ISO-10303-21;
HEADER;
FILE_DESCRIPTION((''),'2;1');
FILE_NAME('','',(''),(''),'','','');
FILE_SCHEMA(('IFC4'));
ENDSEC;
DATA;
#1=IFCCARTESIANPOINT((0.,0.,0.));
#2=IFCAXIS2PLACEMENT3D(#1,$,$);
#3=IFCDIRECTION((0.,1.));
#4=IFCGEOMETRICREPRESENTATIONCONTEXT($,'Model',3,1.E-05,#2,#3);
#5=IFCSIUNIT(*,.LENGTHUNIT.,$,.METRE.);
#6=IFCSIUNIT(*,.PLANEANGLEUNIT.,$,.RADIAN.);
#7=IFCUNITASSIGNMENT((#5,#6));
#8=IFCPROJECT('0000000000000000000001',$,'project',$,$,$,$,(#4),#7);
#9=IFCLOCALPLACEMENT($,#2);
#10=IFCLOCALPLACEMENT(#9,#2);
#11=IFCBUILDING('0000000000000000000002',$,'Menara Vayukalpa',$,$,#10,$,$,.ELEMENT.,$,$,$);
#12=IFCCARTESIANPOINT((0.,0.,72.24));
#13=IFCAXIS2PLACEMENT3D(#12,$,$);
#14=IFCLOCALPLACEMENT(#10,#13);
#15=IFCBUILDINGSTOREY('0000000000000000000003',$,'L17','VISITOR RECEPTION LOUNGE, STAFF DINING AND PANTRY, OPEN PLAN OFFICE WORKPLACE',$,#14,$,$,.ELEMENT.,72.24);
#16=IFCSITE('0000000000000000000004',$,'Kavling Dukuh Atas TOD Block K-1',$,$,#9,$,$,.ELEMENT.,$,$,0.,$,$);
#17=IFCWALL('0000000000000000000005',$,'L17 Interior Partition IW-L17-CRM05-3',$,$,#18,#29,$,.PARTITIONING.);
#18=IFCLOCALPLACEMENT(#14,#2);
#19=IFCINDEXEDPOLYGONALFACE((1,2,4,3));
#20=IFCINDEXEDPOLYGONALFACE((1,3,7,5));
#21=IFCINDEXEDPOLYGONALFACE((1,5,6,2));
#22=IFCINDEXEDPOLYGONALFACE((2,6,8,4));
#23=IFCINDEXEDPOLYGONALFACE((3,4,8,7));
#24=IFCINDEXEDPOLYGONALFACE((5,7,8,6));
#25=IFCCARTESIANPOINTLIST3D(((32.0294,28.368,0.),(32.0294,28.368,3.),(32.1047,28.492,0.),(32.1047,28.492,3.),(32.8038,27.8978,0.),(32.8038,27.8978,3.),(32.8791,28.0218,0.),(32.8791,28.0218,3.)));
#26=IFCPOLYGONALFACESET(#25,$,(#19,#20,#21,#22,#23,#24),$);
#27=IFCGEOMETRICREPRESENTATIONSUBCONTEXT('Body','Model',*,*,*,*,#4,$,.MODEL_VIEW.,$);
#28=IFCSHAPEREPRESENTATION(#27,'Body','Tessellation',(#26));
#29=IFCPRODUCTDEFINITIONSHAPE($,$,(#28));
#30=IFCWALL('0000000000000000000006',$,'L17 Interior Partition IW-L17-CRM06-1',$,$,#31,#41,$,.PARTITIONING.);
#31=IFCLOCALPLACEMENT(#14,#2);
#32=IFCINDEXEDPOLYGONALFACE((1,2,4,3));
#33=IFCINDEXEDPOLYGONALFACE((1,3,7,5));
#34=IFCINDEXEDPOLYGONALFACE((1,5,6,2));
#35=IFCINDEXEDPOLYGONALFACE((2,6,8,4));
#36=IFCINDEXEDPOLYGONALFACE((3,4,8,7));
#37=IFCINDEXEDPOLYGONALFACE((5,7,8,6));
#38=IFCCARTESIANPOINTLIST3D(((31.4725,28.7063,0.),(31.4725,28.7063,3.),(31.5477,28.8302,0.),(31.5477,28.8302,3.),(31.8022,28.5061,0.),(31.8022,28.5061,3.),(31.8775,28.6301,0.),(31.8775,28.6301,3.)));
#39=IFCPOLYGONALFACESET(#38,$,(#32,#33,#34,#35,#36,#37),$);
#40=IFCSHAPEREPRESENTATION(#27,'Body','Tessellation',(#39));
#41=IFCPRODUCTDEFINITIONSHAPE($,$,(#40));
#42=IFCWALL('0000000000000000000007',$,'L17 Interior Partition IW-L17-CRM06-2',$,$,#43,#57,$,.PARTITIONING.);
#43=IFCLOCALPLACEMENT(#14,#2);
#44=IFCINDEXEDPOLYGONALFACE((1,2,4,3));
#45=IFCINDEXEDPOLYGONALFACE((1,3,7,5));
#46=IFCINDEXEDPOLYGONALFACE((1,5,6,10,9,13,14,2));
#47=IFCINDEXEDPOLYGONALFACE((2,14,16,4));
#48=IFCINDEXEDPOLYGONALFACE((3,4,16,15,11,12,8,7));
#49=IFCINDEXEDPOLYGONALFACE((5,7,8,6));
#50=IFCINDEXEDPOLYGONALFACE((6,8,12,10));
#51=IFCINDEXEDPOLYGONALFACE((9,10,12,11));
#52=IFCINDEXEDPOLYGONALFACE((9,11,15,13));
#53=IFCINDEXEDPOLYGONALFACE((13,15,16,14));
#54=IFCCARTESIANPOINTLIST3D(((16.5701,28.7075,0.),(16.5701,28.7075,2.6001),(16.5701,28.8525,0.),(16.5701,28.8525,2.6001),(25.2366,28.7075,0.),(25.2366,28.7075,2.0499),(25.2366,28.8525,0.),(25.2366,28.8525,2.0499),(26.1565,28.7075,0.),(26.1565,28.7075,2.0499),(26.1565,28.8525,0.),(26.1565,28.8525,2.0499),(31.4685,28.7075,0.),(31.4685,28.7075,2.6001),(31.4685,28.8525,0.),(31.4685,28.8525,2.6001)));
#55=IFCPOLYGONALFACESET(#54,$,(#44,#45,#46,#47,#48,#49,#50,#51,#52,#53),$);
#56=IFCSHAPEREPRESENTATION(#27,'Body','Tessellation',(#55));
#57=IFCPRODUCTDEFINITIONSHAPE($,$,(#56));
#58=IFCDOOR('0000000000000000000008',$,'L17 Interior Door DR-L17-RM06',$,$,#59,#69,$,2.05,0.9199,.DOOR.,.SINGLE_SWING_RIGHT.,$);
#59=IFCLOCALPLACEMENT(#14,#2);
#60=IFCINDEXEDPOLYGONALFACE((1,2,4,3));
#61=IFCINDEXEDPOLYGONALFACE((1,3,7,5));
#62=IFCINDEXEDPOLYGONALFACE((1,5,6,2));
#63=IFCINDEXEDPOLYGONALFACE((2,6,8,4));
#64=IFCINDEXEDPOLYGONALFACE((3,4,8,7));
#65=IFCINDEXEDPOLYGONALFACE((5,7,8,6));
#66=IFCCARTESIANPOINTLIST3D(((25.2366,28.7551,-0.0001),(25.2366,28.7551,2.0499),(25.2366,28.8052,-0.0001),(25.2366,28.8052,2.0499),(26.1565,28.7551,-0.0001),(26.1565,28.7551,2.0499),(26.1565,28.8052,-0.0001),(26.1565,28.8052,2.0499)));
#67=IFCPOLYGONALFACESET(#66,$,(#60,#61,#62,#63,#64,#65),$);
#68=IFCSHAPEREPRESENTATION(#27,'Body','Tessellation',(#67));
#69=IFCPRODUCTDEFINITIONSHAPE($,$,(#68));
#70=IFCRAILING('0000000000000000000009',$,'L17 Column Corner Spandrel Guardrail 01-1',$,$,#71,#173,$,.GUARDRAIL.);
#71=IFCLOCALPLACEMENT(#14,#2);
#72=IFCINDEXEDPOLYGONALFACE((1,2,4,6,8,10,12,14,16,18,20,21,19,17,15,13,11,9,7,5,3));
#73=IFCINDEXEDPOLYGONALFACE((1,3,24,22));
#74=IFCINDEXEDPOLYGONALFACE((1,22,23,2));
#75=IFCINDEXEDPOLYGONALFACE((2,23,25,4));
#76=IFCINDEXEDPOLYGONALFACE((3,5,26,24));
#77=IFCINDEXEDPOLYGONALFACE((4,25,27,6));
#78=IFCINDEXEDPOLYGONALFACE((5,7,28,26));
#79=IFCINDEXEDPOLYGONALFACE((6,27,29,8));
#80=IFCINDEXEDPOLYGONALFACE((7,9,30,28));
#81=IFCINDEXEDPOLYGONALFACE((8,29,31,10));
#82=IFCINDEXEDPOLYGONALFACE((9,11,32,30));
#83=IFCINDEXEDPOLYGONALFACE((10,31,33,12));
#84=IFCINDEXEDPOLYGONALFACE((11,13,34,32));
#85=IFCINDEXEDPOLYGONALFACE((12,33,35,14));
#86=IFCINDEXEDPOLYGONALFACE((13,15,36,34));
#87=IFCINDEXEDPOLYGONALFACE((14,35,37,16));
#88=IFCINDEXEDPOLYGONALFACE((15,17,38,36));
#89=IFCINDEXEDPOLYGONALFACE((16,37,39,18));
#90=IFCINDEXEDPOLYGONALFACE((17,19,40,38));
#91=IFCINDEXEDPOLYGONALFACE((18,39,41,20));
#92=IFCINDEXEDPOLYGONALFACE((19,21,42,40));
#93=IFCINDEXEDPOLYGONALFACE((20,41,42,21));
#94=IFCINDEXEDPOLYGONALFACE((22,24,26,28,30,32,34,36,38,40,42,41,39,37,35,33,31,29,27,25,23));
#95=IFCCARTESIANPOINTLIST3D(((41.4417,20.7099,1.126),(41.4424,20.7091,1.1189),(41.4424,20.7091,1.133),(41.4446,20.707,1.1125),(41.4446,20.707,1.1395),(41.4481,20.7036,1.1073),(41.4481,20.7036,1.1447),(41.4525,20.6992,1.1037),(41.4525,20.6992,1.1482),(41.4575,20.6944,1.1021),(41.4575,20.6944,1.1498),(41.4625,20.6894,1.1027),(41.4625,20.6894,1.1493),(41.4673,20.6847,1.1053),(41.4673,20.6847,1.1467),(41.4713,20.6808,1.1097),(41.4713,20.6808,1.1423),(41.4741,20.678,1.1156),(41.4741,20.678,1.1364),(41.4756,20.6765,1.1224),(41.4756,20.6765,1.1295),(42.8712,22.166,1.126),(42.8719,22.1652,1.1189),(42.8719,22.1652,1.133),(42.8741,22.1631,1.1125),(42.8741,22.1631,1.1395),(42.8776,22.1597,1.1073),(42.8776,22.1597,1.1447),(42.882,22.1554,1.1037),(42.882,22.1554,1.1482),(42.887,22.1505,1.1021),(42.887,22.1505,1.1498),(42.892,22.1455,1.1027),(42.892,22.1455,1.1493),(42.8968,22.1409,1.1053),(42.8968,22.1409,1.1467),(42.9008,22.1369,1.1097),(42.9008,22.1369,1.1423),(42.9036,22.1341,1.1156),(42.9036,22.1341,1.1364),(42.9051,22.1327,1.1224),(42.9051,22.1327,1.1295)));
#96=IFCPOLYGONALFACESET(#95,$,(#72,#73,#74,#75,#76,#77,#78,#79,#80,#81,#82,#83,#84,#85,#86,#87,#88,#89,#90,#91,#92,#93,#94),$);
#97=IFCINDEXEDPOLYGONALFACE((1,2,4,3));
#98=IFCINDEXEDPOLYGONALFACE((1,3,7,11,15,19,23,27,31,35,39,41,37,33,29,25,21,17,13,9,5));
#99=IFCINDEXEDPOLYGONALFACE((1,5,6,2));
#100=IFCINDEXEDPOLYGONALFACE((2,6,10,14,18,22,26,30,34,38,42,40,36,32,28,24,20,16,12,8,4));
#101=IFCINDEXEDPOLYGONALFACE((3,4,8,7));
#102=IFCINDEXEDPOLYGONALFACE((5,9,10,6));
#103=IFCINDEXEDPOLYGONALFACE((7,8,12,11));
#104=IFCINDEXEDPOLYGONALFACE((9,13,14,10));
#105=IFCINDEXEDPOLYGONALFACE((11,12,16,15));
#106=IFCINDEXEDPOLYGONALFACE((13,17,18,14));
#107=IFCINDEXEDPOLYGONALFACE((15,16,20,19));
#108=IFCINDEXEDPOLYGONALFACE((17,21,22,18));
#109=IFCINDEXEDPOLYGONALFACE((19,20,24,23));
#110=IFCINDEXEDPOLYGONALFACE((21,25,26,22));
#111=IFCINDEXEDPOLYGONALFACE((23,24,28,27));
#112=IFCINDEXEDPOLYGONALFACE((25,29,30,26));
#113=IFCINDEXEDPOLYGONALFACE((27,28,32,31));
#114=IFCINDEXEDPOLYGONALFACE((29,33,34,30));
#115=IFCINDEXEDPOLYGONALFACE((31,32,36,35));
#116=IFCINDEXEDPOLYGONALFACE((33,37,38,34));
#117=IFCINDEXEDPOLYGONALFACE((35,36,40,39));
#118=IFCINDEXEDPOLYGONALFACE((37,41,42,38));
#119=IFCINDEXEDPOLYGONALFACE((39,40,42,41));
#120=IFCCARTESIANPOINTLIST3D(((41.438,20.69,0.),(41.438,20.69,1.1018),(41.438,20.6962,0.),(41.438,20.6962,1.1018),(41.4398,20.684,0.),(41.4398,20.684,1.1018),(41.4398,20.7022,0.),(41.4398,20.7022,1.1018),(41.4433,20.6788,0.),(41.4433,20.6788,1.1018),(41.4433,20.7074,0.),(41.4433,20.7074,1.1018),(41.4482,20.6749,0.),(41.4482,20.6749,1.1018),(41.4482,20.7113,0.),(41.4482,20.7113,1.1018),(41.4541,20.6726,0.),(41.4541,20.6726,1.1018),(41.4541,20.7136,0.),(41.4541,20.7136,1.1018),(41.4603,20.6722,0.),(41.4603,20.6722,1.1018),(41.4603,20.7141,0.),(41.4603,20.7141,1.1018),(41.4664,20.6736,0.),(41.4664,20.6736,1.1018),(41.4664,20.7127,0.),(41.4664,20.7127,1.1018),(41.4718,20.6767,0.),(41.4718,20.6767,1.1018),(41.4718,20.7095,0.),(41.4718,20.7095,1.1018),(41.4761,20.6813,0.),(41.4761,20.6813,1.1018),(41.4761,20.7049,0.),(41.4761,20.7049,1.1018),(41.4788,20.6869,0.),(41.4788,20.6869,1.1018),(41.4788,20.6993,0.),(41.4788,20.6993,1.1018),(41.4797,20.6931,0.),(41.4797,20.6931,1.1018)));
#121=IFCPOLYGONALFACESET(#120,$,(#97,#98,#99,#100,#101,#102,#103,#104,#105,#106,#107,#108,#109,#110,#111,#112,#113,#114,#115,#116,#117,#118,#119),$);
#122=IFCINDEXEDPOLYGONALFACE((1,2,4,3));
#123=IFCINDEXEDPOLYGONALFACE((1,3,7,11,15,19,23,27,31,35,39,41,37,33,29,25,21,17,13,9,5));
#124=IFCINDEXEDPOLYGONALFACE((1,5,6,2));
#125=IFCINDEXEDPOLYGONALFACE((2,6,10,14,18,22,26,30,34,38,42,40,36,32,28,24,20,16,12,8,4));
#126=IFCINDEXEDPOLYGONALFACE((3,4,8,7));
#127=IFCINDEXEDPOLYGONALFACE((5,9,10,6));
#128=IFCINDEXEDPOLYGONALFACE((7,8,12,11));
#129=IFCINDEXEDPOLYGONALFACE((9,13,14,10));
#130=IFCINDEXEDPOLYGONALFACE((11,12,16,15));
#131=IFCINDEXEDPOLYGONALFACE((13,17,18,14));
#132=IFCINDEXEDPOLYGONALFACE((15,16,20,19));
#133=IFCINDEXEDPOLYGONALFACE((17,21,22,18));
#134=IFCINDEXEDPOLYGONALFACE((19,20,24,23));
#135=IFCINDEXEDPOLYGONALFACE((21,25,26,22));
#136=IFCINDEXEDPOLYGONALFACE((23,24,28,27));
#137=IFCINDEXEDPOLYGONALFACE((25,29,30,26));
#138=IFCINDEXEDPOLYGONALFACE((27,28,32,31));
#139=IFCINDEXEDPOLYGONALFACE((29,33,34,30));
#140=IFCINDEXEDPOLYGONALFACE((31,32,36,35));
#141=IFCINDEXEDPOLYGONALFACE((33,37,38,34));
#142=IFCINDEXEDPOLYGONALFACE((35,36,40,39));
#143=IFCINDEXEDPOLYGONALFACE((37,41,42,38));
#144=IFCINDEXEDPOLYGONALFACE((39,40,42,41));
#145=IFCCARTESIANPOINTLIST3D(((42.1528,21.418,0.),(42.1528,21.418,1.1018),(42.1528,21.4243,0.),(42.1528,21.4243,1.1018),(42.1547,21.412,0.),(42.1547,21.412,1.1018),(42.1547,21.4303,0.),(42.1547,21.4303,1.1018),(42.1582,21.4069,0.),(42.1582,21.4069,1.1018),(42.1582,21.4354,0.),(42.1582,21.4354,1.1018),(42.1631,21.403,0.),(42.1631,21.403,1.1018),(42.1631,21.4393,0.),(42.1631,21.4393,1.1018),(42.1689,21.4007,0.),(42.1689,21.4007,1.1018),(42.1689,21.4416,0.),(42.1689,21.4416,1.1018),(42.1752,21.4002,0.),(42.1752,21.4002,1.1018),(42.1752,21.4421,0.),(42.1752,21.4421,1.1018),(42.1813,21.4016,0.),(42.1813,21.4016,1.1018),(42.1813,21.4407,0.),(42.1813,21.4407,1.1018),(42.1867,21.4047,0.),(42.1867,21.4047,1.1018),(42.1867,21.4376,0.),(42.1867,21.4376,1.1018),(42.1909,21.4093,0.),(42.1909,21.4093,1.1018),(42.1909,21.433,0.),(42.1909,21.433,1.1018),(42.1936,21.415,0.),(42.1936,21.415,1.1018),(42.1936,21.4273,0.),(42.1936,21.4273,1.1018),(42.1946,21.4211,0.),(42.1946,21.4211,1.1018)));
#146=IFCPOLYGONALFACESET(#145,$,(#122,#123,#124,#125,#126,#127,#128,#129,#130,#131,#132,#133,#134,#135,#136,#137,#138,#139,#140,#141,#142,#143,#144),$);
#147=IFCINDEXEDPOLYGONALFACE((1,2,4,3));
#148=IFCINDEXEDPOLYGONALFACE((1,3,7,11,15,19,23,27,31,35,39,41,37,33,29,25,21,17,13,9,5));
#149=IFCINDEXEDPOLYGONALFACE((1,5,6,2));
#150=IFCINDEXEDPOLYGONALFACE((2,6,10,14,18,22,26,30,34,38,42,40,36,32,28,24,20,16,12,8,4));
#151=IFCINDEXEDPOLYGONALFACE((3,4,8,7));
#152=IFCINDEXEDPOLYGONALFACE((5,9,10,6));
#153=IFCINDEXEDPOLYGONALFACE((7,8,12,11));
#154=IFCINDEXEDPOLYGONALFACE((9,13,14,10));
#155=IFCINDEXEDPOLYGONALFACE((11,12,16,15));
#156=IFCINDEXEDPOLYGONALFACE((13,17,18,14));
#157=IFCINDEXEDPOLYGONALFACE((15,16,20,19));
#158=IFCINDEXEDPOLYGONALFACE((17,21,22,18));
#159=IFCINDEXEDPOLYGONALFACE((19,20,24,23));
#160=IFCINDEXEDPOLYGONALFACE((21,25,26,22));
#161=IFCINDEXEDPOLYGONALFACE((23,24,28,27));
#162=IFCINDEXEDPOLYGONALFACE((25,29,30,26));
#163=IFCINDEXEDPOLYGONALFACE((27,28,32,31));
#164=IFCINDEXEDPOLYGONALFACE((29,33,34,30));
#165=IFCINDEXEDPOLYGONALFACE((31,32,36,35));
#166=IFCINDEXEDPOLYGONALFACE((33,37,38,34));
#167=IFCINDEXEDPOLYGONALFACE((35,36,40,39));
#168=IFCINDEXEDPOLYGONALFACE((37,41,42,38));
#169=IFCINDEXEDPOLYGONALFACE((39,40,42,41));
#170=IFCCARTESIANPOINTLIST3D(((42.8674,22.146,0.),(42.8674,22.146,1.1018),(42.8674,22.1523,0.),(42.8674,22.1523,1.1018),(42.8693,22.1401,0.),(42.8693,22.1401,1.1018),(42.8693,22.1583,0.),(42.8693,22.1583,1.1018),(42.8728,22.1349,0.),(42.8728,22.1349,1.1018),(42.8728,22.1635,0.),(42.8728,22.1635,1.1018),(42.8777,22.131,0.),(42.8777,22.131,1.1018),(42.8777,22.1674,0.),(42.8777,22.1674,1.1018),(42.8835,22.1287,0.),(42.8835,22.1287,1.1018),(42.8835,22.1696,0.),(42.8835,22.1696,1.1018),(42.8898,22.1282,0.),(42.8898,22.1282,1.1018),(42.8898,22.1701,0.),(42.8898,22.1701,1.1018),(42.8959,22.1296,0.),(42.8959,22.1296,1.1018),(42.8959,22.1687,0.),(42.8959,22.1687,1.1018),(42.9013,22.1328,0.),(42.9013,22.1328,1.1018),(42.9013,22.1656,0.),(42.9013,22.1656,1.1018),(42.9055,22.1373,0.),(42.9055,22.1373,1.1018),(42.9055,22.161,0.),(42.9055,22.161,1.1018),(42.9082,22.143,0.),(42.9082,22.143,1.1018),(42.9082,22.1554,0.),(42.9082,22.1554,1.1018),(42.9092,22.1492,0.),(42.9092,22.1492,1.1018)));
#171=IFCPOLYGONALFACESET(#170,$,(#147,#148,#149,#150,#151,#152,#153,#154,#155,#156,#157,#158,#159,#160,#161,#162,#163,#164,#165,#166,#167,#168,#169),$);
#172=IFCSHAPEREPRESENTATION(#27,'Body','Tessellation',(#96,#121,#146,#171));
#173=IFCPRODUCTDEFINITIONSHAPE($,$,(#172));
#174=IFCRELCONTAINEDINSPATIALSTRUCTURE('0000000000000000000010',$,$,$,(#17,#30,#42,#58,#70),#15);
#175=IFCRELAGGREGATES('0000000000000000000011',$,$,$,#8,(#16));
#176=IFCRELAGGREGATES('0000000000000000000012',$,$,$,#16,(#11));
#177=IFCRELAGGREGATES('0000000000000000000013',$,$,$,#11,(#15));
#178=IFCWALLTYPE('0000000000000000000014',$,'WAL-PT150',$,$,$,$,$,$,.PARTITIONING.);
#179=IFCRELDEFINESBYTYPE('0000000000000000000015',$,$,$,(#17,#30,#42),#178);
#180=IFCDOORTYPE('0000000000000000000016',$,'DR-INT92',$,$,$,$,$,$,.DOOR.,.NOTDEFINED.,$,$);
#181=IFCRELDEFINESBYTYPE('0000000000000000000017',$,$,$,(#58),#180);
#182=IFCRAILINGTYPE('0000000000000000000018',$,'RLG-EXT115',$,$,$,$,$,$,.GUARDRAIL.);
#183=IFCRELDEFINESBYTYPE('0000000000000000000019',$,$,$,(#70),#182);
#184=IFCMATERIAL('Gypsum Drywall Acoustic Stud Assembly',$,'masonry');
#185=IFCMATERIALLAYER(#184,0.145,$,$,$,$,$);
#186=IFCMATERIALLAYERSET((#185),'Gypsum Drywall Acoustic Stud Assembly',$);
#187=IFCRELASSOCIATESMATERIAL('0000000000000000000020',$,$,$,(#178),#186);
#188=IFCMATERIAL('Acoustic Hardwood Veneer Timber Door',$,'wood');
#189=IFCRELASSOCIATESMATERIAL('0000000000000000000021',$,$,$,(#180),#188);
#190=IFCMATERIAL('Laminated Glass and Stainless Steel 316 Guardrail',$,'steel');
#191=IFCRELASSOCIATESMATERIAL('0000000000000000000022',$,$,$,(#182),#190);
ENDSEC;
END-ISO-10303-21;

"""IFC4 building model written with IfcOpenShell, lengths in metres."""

from ifc_helpers import new_model, si_unit, direction, frame, frame_2d, origin, origin_2d, place, context, subcontext, project, spatial, rectangle, circle, extrude, material, layer, layer_set, type_object, element, fill, save


model = new_model("IFC4")

# Units and contexts
model_context = context("Model", 3, precision=1e-05, world=origin(), true_north=direction((0.0, 1.0)))
body_context = subcontext(model_context, "Body", "Model", "MODEL_VIEW")
ifc_project = project(units=[si_unit("LENGTHUNIT", "METRE"), si_unit("PLANEANGLEUNIT", "RADIAN")], contexts=[model_context])

# Site, building, storey
site_placement = place(None, origin())
site = spatial("IfcSite", under=ifc_project, at=site_placement, Name="Kavling Dukuh Atas TOD Block K-1", CompositionType="ELEMENT", RefElevation=0.0)
building_placement = place(site_placement, origin())
building = spatial("IfcBuilding", under=site, at=building_placement, Name="Menara Vayukalpa", CompositionType="ELEMENT")
storey_placement = place(building_placement, frame((0.0, 0.0, 72.24)))
storey = spatial("IfcBuildingStorey", under=building, at=storey_placement, Name="L17", Description="VISITOR RECEPTION LOUNGE, STAFF DINING AND PANTRY, OPEN PLAN OFFICE WORKPLACE", CompositionType="ELEMENT", Elevation=72.24)

# Walls
ifc_material_1 = material(Name="Gypsum Drywall Acoustic Stud Assembly", Category="masonry")
ifc_layer_1 = layer(ifc_material_1, 0.145)
ifc_layer_set_1 = layer_set([ifc_layer_1], Name="Gypsum Drywall Acoustic Stud Assembly")
wall_type_1 = type_object("IfcWallType", Name="WAL-PT150", PredefinedType="PARTITIONING", material=ifc_layer_set_1)
wall_1_placement = place(storey_placement, frame((32.8416, 27.9597, 0.0), z_axis=(0.0, 0.0, 1.0), x_axis=(-0.85477, 0.519006, 0.0)))
element("IfcWall", 1, at=wall_1_placement, inside=storey, type_object=wall_type_1, Name="L17 Interior Partition IW-L17-CRM05-3", PredefinedType="PARTITIONING", context=body_context, shape_type="SweptSolid", body=[
    extrude(rectangle(XDim=0.906, YDim=0.145, at=frame_2d((0.4531, 0.0))), origin(), (0.0, 0.0, 1.0), 3.0),
])
wall_2_placement = place(storey_placement, frame((31.8398, 28.5681, 0.0), z_axis=(0.0, 0.0, 1.0), x_axis=(-0.854858, 0.518863, 0.0)))
element("IfcWall", 2, at=wall_2_placement, inside=storey, type_object=wall_type_1, Name="L17 Interior Partition IW-L17-CRM06-1", PredefinedType="PARTITIONING", context=body_context, shape_type="SweptSolid", body=[
    extrude(rectangle(XDim=0.3857, YDim=0.145, at=frame_2d((0.1929, 0.0))), origin(), (0.0, 0.0, 1.0), 3.0),
])

# Wall, opening, door
wall_3_placement = place(storey_placement, frame((31.4685, 28.78, 0.0), z_axis=(0.0, 0.0, 1.0), x_axis=(-1.0, 0.0, 0.0)))
wall_3 = element("IfcWall", 3, at=wall_3_placement, inside=storey, type_object=wall_type_1, Name="L17 Interior Partition IW-L17-CRM06-2", PredefinedType="PARTITIONING", context=body_context, shape_type="SweptSolid", body=[
    extrude(rectangle(XDim=14.8984, YDim=0.145, at=frame_2d((7.4492, 0.0))), origin(), (0.0, 0.0, 1.0), 2.6001),
])
opening_placement = place(wall_3_placement, frame((5.312, 0.0, 0.0)))
opening = element("IfcOpeningElement", 4, at=opening_placement, cuts=wall_3, PredefinedType="OPENING", context=body_context, shape_type="SweptSolid", body=[
    extrude(rectangle(XDim=0.9199, YDim=2.05, at=frame_2d((0.46, 1.0249))), frame((0.0, 0.0825, 0.0), z_axis=(0.0, -1.0, 0.0), x_axis=(1.0, 0.0, 0.0)), (0.0, 0.0, 1.0), 0.165),
])
ifc_material_2 = material(Name="Acoustic Hardwood Veneer Timber Door", Category="wood")
door_type = type_object("IfcDoorType", Name="DR-INT92", OperationType="NOTDEFINED", PredefinedType="DOOR", material=ifc_material_2)
door_placement = place(opening_placement, origin())
door = element("IfcDoor", 5, at=door_placement, inside=storey, type_object=door_type, Name="L17 Interior Door DR-L17-RM06", OperationType="SINGLE_SWING_RIGHT", OverallHeight=2.05, OverallWidth=0.9199, PredefinedType="DOOR", context=body_context, shape_type="SweptSolid", body=[
    extrude(rectangle(XDim=0.9199, YDim=2.05, at=frame_2d((0.46, 1.0249))), frame((0.0, 0.0249, 0.0), z_axis=(0.0, -1.0, 0.0), x_axis=(1.0, 0.0, 0.0)), (0.0, 0.0, 1.0), 0.05),
])
fill(opening, door)

# Railing
ifc_material_3 = material(Name="Laminated Glass and Stainless Steel 316 Guardrail", Category="steel")
railing_type_1 = type_object("IfcRailingType", Name="RLG-EXT115", PredefinedType="GUARDRAIL", material=ifc_material_3)
railing_1_placement = place(storey_placement, frame((41.4587, 20.6931, 0.0)))
element("IfcRailing", 6, at=railing_1_placement, inside=storey, type_object=railing_type_1, Name="L17 Column Corner Spandrel Guardrail 01-1", PredefinedType="GUARDRAIL", context=body_context, shape_type="SweptSolid", body=[
    extrude(circle(Radius=0.0239, at=origin_2d()), frame((0.0, 0.0, 1.126), z_axis=(0.700556, 0.713598, 0.0), x_axis=(-0.713598, 0.700556, 0.0)), (0.0, 0.0, 1.0), 2.0405),
    extrude(circle(Radius=0.021, at=origin_2d()), origin(), (0.0, 0.0, 1.0), 1.1018),
    extrude(circle(Radius=0.021, at=origin_2d()), frame((0.7148, 0.728, 0.0)), (0.0, 0.0, 1.0), 1.1018),
    extrude(circle(Radius=0.021, at=origin_2d()), frame((1.4294, 1.4561, 0.0)), (0.0, 0.0, 1.0), 1.1018),
])

save(model, "model.ifc")
